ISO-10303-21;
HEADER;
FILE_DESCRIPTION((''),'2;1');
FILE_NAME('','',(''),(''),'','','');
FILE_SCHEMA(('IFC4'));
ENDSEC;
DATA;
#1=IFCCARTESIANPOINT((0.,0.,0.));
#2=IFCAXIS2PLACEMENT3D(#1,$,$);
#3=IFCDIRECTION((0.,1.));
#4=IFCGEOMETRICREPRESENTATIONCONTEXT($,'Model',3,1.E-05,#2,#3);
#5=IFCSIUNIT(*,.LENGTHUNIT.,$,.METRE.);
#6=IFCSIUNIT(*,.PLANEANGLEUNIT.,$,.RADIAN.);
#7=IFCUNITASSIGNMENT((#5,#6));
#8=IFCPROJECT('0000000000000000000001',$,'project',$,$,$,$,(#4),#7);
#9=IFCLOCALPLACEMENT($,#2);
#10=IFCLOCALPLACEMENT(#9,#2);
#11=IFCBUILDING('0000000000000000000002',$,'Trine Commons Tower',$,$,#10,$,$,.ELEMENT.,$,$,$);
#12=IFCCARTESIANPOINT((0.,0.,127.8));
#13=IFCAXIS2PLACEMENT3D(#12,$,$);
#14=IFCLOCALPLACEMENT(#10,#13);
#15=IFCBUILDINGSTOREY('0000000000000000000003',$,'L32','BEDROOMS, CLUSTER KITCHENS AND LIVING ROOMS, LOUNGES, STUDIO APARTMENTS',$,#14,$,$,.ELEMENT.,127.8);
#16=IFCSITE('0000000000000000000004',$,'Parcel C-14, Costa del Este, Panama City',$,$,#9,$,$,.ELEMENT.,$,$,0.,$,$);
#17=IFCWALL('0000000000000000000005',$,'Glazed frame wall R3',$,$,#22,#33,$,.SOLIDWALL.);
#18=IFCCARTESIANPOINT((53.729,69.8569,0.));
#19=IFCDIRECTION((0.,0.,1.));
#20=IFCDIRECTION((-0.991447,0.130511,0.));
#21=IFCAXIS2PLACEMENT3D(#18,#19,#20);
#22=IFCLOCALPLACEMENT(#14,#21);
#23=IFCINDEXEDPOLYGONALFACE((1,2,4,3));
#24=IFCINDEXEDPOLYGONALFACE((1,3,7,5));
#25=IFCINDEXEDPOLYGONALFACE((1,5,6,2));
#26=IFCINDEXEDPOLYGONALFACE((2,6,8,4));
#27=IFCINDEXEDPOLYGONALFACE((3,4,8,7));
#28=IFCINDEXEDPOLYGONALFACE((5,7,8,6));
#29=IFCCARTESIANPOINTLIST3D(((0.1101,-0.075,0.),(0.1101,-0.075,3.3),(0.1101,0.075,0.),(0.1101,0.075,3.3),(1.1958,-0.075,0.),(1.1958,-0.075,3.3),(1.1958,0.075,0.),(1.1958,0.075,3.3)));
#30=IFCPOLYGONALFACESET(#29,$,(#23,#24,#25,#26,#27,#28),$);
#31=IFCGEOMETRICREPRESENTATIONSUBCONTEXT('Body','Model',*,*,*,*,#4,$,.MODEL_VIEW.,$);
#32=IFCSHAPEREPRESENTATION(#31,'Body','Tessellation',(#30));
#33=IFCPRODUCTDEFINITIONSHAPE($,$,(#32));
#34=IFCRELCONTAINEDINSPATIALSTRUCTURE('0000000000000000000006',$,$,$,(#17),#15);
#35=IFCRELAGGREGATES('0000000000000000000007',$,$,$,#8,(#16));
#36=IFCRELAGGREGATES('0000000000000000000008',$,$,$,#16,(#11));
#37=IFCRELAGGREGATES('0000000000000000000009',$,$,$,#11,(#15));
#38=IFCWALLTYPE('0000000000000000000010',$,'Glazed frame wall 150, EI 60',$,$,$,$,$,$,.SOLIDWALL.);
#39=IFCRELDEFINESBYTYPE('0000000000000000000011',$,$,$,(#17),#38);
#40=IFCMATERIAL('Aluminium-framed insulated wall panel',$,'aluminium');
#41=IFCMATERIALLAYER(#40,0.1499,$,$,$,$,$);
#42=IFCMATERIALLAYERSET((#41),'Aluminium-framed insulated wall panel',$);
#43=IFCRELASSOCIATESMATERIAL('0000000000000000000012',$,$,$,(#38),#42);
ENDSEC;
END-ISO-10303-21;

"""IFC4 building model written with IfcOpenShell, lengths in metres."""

from ifc_helpers import new_model, si_unit, direction, frame, origin, place, context, subcontext, project, spatial, polyline, outline, extrude, material, layer, layer_set, type_object, element, save


model = new_model("IFC4")

# Units and contexts
model_context = context("Model", 3, precision=1e-05, world=origin(), true_north=direction((0.0, 1.0)))
body_context = subcontext(model_context, "Body", "Model", "MODEL_VIEW")
ifc_project = project(units=[si_unit("LENGTHUNIT", "METRE"), si_unit("PLANEANGLEUNIT", "RADIAN")], contexts=[model_context])

# Site, building, storey
site_placement = place(None, origin())
site = spatial("IfcSite", under=ifc_project, at=site_placement, Name="Parcel C-14, Costa del Este, Panama City", CompositionType="ELEMENT", RefElevation=0.0)
building_placement = place(site_placement, origin())
building = spatial("IfcBuilding", under=site, at=building_placement, Name="Trine Commons Tower", CompositionType="ELEMENT")
storey_placement = place(building_placement, frame((0.0, 0.0, 127.8)))
storey = spatial("IfcBuildingStorey", under=building, at=storey_placement, Name="L32", Description="BEDROOMS, CLUSTER KITCHENS AND LIVING ROOMS, LOUNGES, STUDIO APARTMENTS", CompositionType="ELEMENT", Elevation=127.8)

# Shared definitions
ifc_material_1 = material(Name="Aluminium-framed insulated wall panel", Category="aluminium")
ifc_layer_1 = layer(ifc_material_1, 0.1499)
ifc_layer_set_1 = layer_set([ifc_layer_1], Name="Aluminium-framed insulated wall panel")
wall_type_1 = type_object("IfcWallType", Name="Glazed frame wall 150, EI 60", PredefinedType="SOLIDWALL", material=ifc_layer_set_1)

# Wall
wall_1_placement = place(storey_placement, frame((53.729, 69.8569, 0.0), z_axis=(0.0, 0.0, 1.0), x_axis=(-0.991447, 0.130511, 0.0)))
element("IfcWall", 1, at=wall_1_placement, inside=storey, type_object=wall_type_1, Name="Glazed frame wall R3", PredefinedType="SOLIDWALL", context=body_context, shape_type="SweptSolid", body=[
    extrude(outline(polyline([(0.1101, 0.075), (0.1101, -0.075), (1.1958, -0.075), (1.1958, 0.075), (0.1101, 0.075)])), origin(), (0.0, 0.0, 1.0), 3.3),
])

save(model, "model.ifc")
